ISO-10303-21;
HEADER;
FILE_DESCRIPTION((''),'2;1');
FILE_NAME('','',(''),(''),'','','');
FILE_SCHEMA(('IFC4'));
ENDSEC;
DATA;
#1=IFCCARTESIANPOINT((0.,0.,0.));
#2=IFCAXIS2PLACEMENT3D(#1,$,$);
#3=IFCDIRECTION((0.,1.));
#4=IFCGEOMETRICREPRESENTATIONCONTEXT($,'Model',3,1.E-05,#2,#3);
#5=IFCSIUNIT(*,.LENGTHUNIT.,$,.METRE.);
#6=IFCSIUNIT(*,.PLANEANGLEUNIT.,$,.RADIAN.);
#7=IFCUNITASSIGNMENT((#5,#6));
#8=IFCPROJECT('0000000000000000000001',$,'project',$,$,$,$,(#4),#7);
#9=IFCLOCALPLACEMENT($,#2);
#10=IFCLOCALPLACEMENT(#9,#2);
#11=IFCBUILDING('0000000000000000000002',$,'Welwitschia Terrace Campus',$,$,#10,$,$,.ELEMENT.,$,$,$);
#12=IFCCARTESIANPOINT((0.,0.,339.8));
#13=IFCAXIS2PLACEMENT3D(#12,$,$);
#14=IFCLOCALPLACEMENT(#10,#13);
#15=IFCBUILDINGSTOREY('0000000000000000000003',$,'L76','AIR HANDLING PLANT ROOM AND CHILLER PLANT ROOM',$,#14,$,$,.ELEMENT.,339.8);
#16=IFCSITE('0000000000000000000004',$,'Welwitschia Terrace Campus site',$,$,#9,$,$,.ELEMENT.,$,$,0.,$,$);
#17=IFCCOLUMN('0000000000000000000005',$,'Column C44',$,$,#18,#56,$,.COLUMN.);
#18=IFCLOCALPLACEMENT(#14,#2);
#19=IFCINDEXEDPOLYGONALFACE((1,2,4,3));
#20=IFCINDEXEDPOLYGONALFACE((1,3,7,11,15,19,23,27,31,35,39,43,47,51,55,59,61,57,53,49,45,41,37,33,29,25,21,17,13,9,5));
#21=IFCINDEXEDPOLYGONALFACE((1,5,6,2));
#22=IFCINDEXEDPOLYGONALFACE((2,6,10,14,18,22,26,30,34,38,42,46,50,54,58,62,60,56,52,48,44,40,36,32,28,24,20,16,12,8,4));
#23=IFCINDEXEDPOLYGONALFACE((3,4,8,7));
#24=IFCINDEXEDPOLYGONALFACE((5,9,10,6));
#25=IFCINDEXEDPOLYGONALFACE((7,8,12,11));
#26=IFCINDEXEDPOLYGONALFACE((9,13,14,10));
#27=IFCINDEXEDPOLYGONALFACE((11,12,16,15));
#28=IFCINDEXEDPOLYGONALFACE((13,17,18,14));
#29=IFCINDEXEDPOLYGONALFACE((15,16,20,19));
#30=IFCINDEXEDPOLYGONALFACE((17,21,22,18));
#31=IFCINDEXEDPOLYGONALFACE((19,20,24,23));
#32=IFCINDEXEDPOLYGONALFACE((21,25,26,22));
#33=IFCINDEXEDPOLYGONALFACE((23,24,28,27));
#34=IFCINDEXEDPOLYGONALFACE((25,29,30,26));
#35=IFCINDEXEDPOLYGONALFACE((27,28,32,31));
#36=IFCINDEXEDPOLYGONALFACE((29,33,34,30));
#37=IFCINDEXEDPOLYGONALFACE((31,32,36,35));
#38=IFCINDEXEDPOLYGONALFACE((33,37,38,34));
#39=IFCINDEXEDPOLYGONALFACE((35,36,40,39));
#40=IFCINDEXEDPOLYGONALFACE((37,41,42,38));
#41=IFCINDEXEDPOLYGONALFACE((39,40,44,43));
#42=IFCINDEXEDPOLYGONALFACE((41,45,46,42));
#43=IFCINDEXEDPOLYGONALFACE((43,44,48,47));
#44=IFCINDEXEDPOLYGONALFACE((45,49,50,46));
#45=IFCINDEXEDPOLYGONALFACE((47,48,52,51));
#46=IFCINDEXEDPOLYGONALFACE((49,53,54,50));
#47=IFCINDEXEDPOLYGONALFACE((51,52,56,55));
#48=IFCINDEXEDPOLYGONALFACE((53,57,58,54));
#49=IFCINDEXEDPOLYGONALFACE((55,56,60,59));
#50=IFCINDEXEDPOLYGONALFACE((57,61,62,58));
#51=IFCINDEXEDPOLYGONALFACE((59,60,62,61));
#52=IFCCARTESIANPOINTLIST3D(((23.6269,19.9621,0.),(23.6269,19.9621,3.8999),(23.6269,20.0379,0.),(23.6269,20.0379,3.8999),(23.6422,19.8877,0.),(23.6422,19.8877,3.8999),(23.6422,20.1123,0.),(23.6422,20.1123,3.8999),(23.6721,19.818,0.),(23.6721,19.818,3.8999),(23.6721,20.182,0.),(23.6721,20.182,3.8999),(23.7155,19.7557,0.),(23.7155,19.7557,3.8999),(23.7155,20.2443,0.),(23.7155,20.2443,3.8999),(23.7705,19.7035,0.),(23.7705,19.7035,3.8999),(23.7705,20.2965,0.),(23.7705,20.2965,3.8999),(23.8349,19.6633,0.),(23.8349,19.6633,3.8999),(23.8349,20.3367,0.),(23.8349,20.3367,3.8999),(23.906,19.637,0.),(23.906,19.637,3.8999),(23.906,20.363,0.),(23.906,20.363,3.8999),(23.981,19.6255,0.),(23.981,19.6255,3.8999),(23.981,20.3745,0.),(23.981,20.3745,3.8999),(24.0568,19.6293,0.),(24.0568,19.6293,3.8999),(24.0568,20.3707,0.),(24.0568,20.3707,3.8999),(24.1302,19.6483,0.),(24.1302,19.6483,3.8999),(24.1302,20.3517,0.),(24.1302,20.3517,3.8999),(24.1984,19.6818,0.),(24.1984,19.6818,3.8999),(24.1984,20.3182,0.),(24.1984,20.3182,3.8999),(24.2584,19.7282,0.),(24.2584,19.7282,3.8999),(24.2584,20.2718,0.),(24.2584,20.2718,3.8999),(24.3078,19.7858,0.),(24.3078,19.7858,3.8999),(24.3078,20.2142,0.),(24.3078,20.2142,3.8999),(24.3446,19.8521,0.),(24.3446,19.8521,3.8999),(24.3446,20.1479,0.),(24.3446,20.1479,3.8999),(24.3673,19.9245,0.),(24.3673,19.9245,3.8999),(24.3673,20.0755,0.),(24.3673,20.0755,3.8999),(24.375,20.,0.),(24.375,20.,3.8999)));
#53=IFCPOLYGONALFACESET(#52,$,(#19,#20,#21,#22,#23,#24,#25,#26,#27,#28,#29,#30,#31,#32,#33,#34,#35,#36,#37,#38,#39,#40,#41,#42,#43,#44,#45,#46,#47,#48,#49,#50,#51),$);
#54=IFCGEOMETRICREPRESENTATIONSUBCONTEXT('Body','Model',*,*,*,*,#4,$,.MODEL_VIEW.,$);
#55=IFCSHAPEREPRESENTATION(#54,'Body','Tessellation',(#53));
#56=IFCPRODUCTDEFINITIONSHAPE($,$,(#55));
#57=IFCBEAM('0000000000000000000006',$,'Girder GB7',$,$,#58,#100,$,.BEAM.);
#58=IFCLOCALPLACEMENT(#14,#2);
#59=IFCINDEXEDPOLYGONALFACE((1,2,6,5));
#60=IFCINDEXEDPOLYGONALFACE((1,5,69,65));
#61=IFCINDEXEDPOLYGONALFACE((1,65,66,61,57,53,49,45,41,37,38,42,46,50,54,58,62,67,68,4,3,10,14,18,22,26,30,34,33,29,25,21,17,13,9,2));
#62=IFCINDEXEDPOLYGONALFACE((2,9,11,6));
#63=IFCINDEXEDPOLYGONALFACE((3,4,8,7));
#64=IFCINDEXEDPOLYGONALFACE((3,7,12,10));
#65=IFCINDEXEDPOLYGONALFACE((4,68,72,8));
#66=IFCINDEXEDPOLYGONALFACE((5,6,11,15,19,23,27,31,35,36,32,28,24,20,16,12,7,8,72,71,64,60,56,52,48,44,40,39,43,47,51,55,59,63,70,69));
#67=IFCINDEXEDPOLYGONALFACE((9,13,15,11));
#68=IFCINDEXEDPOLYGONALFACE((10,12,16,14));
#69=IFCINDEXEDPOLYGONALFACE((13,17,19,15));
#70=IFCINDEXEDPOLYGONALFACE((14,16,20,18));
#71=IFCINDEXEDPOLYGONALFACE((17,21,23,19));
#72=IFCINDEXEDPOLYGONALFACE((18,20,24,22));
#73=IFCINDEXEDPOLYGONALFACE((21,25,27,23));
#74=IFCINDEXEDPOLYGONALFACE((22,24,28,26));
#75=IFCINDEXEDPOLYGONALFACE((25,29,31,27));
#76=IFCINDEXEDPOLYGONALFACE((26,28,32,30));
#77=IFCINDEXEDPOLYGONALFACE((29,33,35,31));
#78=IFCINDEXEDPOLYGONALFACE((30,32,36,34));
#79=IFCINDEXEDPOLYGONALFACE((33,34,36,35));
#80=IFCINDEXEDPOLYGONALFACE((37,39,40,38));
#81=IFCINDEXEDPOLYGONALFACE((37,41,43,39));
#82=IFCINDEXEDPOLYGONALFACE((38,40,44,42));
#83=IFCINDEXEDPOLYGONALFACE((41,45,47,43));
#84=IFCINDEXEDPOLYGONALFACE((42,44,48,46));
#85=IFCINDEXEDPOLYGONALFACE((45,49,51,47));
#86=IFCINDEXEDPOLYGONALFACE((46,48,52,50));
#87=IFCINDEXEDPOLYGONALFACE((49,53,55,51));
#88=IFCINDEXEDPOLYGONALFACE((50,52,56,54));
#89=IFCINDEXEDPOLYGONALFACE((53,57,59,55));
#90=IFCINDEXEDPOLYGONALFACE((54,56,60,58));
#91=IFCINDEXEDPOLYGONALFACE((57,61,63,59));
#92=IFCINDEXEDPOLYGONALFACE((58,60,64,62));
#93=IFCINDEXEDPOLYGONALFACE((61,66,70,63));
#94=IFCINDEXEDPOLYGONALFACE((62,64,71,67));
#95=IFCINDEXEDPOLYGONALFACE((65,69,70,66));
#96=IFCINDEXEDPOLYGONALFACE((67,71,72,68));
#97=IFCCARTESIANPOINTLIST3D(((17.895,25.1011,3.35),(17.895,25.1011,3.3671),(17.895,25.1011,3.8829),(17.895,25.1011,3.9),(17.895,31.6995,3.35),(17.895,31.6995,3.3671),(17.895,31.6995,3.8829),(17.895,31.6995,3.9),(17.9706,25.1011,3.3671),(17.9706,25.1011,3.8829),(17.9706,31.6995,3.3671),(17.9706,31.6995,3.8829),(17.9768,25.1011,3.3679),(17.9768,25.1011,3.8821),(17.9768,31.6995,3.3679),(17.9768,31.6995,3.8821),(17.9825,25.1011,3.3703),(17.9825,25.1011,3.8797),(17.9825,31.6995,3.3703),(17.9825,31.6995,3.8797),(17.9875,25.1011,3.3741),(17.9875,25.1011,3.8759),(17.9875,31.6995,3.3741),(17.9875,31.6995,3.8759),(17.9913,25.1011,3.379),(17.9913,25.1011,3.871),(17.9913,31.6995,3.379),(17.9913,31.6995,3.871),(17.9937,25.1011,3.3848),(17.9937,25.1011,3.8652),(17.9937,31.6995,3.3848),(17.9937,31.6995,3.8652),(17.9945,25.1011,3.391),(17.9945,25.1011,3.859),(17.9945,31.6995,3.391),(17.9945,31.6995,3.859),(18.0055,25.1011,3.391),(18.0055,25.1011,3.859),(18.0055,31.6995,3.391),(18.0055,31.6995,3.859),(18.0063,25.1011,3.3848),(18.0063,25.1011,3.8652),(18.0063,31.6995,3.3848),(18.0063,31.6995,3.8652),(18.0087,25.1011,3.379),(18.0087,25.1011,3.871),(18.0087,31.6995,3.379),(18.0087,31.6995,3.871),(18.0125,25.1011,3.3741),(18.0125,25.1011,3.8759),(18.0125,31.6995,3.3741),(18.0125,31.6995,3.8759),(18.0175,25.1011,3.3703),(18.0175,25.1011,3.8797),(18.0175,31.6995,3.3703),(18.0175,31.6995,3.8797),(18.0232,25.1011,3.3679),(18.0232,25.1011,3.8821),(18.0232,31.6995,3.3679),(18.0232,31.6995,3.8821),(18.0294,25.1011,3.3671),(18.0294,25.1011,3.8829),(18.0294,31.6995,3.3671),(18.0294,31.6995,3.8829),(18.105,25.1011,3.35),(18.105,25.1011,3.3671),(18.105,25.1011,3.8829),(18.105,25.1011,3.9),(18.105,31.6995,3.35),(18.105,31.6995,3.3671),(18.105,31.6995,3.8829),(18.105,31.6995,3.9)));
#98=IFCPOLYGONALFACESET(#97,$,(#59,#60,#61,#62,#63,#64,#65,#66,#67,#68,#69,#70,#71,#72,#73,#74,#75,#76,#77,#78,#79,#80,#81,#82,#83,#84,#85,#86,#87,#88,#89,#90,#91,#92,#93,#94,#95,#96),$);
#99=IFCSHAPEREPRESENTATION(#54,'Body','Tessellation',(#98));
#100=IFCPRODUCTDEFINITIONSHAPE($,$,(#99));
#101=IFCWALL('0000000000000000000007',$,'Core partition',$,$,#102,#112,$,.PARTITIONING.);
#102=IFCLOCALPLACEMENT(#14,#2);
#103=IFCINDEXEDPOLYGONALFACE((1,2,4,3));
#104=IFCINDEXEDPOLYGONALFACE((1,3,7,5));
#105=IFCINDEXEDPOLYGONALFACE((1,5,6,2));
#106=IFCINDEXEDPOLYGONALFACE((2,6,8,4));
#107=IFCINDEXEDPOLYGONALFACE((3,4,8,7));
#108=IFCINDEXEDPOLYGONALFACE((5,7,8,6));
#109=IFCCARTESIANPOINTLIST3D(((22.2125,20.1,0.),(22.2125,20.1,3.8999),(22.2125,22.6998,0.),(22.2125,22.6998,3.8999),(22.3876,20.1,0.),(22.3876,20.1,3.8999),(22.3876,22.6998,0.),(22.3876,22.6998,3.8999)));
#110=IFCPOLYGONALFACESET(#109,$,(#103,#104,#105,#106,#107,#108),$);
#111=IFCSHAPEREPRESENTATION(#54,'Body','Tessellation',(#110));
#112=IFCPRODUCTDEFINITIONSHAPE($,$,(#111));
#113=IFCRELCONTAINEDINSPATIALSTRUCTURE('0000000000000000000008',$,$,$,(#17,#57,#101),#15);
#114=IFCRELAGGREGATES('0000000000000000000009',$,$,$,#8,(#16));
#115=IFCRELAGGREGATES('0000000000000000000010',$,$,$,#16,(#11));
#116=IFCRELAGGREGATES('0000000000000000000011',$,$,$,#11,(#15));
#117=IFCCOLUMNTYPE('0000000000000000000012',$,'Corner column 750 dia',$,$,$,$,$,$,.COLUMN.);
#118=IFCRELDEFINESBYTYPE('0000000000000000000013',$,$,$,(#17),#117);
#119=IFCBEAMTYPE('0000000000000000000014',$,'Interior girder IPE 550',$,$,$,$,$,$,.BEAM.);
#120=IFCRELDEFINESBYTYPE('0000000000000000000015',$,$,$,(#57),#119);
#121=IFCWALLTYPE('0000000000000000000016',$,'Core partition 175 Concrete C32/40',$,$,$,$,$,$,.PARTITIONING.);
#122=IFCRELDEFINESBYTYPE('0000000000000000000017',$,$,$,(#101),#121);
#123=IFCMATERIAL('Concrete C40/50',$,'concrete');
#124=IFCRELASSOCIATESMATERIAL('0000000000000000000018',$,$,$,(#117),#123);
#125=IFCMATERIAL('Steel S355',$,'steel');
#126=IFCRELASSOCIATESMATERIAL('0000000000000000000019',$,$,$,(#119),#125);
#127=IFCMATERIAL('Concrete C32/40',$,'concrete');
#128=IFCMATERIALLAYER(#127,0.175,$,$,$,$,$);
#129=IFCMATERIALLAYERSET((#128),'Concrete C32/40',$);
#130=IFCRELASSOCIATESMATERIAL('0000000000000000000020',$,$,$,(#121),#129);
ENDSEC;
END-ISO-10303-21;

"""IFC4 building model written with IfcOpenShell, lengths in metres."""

from ifc_helpers import new_model, si_unit, direction, frame, frame_2d, origin, origin_2d, place, context, subcontext, project, spatial, rectangle, circle, i_section, extrude, material, layer, layer_set, material_profile, profile_set, type_object, element, save


model = new_model("IFC4")

# Units and contexts
model_context = context("Model", 3, precision=1e-05, world=origin(), true_north=direction((0.0, 1.0)))
body_context = subcontext(model_context, "Body", "Model", "MODEL_VIEW")
ifc_project = project(units=[si_unit("LENGTHUNIT", "METRE"), si_unit("PLANEANGLEUNIT", "RADIAN")], contexts=[model_context])

# Site, building, storey
site_placement = place(None, origin())
site = spatial("IfcSite", under=ifc_project, at=site_placement, Name="Welwitschia Terrace Campus site", CompositionType="ELEMENT", RefElevation=0.0)
building_placement = place(site_placement, origin())
building = spatial("IfcBuilding", under=site, at=building_placement, Name="Welwitschia Terrace Campus", CompositionType="ELEMENT")
storey_placement = place(building_placement, frame((0.0, 0.0, 339.8)))
storey = spatial("IfcBuildingStorey", under=building, at=storey_placement, Name="L76", Description="AIR HANDLING PLANT ROOM AND CHILLER PLANT ROOM", CompositionType="ELEMENT", Elevation=339.8)

# Column
ifc_material_1 = material(Name="Concrete C40/50", Category="concrete")
ifc_material_profile_1 = material_profile(ifc_material_1, circle(Radius=0.375, at=origin_2d()))
ifc_profile_set_1 = profile_set([ifc_material_profile_1], Name="Concrete C40/50")
column_type = type_object("IfcColumnType", Name="Corner column 750 dia", PredefinedType="COLUMN", material=ifc_profile_set_1)
column_placement = place(storey_placement, frame((24.0, 20.0, 0.0), z_axis=(0.0, 0.0, 1.0), x_axis=(1.0, 0.0, 0.0)))
element("IfcColumn", 1, at=column_placement, inside=storey, type_object=column_type, Name="Column C44", PredefinedType="COLUMN", context=body_context, shape_type="SweptSolid", body=[
    extrude(circle(Radius=0.375, at=origin_2d()), origin(), (0.0, 0.0, 1.0), 3.8999),
])

# Beam
ifc_material_2 = material(Name="Steel S355", Category="steel")
ifc_material_profile_2 = material_profile(ifc_material_2, i_section(OverallWidth=0.21, OverallDepth=0.55, WebThickness=0.011, FlangeThickness=0.0171, FilletRadius=0.0239, at=origin_2d()))
ifc_profile_set_2 = profile_set([ifc_material_profile_2], Name="Steel S355")
beam_type = type_object("IfcBeamType", Name="Interior girder IPE 550", PredefinedType="BEAM", material=ifc_profile_set_2)
beam_placement = place(storey_placement, frame((18.0, 25.1011, 3.625), z_axis=(0.0, 1.0, 0.0), x_axis=(-1.0, 0.0, 0.0)))
element("IfcBeam", 2, at=beam_placement, inside=storey, type_object=beam_type, Name="Girder GB7", PredefinedType="BEAM", context=body_context, shape_type="SweptSolid", body=[
    extrude(i_section(OverallWidth=0.21, OverallDepth=0.55, WebThickness=0.011, FlangeThickness=0.0171, FilletRadius=0.0239, at=origin_2d()), origin(), (0.0, 0.0, 1.0), 6.5984),
])

# Wall
ifc_material_3 = material(Name="Concrete C32/40", Category="concrete")
ifc_layer_1 = layer(ifc_material_3, 0.175)
ifc_layer_set_1 = layer_set([ifc_layer_1], Name="Concrete C32/40")
wall_type_1 = type_object("IfcWallType", Name="Core partition 175 Concrete C32/40", PredefinedType="PARTITIONING", material=ifc_layer_set_1)
wall_1_placement = place(storey_placement, frame((22.3, 20.1001, 0.0), z_axis=(0.0, 0.0, 1.0), x_axis=(0.0, 1.0, 0.0)))
element("IfcWall", 3, at=wall_1_placement, inside=storey, type_object=wall_type_1, Name="Core partition", PredefinedType="PARTITIONING", context=body_context, shape_type="SweptSolid", body=[
    extrude(rectangle(XDim=2.5999, YDim=0.175, at=frame_2d((1.2998, 0.0))), origin(), (0.0, 0.0, 1.0), 3.8999),
])

save(model, "model.ifc")
